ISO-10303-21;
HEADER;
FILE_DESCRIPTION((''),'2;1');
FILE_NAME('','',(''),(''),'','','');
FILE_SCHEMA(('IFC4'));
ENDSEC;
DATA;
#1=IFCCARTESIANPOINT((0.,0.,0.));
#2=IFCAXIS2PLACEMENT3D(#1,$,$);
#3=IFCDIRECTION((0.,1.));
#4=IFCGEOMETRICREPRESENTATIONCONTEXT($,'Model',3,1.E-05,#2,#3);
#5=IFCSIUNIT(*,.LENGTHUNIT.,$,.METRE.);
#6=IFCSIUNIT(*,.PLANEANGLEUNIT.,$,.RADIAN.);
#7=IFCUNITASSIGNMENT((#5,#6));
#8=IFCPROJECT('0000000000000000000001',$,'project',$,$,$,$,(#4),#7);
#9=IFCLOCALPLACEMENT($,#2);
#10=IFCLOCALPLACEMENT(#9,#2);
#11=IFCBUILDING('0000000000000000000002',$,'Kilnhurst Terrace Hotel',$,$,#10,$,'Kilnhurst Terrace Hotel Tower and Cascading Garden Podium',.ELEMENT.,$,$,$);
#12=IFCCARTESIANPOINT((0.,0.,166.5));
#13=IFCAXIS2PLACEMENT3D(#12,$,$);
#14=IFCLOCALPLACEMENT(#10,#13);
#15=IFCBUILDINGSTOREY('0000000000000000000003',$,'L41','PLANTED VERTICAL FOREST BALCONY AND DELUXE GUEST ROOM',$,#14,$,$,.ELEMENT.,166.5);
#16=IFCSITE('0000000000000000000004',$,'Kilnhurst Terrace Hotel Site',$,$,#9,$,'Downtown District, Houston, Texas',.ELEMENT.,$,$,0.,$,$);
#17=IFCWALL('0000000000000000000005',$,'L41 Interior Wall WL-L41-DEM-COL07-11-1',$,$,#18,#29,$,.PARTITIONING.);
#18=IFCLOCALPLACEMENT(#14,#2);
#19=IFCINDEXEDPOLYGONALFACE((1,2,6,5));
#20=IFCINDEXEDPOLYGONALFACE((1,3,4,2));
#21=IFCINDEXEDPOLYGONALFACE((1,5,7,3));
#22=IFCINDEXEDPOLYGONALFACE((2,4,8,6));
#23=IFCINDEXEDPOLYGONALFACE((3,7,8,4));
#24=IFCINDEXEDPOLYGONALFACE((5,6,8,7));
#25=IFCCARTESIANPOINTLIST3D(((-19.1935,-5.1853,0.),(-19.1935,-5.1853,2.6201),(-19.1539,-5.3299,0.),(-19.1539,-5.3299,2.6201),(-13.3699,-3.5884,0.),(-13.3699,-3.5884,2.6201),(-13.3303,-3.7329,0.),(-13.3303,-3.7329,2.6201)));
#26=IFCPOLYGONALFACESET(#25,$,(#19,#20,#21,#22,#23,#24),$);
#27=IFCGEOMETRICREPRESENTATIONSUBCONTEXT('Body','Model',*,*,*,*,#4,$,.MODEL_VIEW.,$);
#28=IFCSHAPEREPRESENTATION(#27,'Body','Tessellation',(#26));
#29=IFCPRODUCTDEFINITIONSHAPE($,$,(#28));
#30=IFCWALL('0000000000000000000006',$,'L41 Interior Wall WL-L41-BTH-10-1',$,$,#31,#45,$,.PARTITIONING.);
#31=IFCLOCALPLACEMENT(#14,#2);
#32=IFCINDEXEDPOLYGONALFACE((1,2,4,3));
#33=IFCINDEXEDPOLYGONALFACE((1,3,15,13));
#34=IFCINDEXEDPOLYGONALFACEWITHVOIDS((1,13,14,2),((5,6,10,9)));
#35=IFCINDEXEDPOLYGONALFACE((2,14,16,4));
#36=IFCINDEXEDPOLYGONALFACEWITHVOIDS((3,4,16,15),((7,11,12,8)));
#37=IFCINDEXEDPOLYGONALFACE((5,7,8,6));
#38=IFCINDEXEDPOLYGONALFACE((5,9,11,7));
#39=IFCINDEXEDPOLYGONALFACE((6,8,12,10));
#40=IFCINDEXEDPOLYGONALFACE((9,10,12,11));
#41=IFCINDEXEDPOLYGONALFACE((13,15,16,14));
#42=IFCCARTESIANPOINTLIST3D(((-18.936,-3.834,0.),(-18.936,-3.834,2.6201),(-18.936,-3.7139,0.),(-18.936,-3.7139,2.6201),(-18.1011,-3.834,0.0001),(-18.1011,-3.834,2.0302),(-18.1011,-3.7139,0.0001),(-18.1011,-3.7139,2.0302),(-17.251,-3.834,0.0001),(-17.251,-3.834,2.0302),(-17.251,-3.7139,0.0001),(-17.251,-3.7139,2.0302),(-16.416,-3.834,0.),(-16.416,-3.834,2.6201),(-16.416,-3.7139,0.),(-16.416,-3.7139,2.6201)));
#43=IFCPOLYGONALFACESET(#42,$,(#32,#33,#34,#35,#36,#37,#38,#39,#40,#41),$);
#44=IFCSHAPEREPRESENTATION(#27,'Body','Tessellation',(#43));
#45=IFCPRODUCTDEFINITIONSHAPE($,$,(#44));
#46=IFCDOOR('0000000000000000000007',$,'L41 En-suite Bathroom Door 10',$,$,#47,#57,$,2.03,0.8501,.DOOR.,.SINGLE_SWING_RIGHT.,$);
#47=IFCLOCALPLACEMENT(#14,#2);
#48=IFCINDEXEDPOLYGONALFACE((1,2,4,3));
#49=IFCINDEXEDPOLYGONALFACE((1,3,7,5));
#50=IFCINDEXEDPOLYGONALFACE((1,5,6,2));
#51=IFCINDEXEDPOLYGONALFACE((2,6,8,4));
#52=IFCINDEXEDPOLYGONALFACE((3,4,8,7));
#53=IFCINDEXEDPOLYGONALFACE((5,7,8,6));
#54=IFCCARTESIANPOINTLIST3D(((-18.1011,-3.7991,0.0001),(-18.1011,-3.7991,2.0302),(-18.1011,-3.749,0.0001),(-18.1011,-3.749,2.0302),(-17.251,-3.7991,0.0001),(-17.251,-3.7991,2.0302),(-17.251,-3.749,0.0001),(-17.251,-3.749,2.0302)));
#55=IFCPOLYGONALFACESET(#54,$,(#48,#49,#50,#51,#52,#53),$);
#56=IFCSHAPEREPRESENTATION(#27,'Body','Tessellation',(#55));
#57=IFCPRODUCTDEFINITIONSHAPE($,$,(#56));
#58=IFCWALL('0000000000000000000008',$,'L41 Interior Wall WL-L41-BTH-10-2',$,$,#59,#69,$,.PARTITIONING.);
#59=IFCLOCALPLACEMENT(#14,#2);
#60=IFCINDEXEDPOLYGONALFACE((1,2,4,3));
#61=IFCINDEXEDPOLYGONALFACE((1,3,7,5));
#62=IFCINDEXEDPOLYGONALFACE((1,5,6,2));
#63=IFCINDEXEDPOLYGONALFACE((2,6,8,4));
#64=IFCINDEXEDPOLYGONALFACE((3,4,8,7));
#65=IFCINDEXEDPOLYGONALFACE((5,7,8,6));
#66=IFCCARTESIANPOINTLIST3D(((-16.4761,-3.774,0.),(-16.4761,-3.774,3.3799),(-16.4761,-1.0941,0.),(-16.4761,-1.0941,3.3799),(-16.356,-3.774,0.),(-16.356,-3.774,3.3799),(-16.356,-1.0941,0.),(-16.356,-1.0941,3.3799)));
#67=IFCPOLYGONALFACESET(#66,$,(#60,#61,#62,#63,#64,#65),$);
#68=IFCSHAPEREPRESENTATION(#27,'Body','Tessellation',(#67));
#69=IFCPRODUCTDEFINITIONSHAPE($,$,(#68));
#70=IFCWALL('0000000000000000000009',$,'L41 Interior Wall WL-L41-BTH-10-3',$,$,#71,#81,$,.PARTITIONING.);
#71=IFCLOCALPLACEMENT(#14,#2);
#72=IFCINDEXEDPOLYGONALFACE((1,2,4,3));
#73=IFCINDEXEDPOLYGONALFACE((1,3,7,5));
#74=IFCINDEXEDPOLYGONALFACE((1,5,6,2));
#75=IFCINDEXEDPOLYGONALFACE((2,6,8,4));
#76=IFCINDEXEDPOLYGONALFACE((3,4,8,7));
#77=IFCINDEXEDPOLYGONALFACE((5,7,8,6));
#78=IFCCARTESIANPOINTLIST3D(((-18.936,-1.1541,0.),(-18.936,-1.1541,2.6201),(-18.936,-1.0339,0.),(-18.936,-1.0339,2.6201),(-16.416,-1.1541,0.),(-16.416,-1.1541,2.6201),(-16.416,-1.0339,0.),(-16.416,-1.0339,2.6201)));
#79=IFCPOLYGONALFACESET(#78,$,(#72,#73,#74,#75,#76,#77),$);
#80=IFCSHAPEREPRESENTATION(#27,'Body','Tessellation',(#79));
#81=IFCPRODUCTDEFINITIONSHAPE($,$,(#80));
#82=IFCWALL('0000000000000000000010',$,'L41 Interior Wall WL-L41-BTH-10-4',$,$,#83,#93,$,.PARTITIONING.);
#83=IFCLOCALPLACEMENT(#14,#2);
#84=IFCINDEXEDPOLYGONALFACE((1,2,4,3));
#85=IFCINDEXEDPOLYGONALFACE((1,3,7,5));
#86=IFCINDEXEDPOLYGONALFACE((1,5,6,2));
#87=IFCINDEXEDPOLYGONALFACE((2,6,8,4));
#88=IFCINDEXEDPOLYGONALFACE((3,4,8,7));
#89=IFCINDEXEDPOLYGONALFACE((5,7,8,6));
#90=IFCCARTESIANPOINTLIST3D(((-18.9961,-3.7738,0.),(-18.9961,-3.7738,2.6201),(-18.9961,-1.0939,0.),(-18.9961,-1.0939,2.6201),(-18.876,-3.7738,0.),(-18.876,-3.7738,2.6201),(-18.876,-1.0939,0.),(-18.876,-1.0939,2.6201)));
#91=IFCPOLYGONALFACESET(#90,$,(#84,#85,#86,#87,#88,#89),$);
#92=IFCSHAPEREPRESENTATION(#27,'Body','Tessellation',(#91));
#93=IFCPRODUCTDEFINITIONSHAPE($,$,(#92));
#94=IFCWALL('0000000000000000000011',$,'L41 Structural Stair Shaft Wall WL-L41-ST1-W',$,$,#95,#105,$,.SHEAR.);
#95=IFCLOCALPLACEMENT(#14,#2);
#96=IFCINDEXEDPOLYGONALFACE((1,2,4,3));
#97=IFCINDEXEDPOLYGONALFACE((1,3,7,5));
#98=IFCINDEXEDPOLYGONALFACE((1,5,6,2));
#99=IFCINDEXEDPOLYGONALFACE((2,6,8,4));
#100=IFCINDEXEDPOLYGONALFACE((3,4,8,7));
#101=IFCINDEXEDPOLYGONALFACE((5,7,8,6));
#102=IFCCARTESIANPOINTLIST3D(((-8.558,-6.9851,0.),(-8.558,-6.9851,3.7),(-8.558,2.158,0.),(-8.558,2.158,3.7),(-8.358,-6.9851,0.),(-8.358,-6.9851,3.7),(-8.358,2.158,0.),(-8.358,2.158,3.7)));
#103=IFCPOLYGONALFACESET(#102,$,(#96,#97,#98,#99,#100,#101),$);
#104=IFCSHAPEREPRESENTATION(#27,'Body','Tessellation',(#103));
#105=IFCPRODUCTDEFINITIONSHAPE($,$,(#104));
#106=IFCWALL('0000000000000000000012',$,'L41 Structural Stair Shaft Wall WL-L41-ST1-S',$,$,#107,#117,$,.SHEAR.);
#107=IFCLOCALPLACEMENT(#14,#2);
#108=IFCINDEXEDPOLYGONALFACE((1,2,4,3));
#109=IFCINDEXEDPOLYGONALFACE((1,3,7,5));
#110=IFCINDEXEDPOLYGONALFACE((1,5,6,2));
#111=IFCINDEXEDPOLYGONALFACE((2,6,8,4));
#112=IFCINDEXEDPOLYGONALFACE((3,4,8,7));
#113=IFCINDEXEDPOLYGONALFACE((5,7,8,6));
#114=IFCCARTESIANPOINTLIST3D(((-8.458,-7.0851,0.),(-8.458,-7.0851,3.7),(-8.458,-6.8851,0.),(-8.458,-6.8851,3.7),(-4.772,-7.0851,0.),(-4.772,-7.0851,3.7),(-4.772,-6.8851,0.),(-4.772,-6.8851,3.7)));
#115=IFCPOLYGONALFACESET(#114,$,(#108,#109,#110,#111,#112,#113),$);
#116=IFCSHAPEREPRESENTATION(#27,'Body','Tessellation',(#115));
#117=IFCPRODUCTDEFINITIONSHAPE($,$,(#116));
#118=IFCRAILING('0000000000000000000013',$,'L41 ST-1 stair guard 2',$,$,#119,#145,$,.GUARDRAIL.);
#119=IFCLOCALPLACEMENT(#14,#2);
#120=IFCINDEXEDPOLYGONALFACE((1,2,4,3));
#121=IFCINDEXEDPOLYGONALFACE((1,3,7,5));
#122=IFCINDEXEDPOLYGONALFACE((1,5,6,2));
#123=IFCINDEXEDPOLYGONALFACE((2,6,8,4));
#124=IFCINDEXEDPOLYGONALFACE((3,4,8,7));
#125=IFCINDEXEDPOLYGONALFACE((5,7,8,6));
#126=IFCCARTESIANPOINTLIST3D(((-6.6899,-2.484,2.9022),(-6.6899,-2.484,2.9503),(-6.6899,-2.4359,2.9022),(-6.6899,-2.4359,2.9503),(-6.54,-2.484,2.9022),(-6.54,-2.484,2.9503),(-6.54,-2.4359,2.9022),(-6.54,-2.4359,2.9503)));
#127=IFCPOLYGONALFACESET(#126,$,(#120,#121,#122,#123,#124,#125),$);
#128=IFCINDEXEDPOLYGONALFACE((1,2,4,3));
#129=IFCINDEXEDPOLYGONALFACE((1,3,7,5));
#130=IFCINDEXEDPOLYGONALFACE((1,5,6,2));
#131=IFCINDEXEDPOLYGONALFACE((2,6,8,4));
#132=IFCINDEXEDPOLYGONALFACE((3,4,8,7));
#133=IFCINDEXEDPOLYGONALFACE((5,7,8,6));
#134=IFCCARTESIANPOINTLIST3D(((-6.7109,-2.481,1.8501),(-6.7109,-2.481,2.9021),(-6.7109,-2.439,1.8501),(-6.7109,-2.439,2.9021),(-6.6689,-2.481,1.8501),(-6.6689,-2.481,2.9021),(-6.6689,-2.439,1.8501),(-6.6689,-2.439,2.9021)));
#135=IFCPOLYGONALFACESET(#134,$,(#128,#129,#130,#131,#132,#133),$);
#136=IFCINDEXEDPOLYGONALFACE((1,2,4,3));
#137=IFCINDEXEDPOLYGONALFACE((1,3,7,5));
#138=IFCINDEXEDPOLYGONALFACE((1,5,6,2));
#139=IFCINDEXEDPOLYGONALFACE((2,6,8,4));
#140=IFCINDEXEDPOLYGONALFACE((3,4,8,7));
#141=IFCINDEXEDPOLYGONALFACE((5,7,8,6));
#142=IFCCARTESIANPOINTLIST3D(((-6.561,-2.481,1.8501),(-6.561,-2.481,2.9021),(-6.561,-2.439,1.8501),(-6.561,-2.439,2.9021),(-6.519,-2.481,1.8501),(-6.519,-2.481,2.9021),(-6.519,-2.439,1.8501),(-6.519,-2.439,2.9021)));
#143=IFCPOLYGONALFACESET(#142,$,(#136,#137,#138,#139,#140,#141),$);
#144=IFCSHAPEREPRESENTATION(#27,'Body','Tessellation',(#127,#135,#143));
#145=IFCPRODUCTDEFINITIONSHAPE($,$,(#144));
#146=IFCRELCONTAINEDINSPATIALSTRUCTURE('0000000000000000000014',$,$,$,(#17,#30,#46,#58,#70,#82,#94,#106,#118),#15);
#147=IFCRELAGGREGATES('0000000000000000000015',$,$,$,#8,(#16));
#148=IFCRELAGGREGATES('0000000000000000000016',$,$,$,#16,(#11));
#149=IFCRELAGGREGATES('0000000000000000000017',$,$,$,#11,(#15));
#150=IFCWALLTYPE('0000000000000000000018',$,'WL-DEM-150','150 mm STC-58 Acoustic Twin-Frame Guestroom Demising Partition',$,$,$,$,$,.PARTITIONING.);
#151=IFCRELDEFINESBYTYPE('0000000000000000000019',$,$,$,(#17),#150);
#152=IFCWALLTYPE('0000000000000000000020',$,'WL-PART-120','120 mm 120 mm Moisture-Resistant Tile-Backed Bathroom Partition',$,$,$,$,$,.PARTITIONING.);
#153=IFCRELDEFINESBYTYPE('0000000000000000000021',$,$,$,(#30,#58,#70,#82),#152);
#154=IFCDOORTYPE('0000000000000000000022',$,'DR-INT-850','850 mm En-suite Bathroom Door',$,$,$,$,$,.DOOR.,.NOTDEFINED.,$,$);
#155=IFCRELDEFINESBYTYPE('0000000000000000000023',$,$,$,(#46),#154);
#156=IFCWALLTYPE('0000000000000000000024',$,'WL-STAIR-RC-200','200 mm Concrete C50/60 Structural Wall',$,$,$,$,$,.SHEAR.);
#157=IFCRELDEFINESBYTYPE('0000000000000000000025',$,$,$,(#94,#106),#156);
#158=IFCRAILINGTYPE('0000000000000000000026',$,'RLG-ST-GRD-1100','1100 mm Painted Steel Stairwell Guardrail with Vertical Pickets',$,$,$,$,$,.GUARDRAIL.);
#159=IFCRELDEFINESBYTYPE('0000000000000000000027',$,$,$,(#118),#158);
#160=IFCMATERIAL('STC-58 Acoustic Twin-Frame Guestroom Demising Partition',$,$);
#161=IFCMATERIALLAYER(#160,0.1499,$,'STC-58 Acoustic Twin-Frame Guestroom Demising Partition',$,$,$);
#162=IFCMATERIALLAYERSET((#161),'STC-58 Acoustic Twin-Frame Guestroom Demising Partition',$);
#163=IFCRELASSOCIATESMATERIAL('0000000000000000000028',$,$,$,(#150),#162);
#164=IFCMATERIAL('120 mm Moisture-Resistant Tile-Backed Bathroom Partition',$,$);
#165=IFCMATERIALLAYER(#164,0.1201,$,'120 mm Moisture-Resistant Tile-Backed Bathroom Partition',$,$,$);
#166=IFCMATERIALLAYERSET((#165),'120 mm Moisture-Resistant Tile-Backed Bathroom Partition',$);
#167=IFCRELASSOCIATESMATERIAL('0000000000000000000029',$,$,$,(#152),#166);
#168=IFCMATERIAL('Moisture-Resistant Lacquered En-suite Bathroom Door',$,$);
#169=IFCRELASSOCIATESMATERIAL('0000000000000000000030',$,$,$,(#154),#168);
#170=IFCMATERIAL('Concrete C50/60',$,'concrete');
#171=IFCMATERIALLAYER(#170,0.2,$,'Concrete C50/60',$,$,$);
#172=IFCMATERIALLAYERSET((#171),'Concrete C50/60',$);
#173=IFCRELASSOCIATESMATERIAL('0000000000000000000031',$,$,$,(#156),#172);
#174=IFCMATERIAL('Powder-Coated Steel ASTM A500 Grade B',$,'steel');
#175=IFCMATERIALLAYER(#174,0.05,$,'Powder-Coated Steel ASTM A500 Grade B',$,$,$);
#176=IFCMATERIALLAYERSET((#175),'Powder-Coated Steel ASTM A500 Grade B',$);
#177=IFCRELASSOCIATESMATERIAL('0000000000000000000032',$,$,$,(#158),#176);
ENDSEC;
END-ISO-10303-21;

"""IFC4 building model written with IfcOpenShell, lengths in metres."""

from ifc_helpers import new_model, si_unit, direction, frame, frame_2d, origin, origin_2d, place, context, subcontext, project, spatial, rectangle, extrude, material, layer, layer_set, type_object, element, fill, save


model = new_model("IFC4")

# Units and contexts
model_context = context("Model", 3, precision=1e-05, world=origin(), true_north=direction((0.0, 1.0)))
body_context = subcontext(model_context, "Body", "Model", "MODEL_VIEW")
ifc_project = project(units=[si_unit("LENGTHUNIT", "METRE"), si_unit("PLANEANGLEUNIT", "RADIAN")], contexts=[model_context])

# Site, building, storey
site_placement = place(None, origin())
site = spatial("IfcSite", under=ifc_project, at=site_placement, Name="Kilnhurst Terrace Hotel Site", LongName="Downtown District, Houston, Texas", CompositionType="ELEMENT", RefElevation=0.0)
building_placement = place(site_placement, origin())
building = spatial("IfcBuilding", under=site, at=building_placement, Name="Kilnhurst Terrace Hotel", LongName="Kilnhurst Terrace Hotel Tower and Cascading Garden Podium", CompositionType="ELEMENT")
storey_placement = place(building_placement, frame((0.0, 0.0, 166.5)))
storey = spatial("IfcBuildingStorey", under=building, at=storey_placement, Name="L41", Description="PLANTED VERTICAL FOREST BALCONY AND DELUXE GUEST ROOM", CompositionType="ELEMENT", Elevation=166.5)

# Shared definitions
ifc_material_1 = material(Name="Concrete C50/60", Category="concrete")

# Wall
ifc_material_2 = material(Name="STC-58 Acoustic Twin-Frame Guestroom Demising Partition")
ifc_layer_1 = layer(ifc_material_2, 0.1499, Name="STC-58 Acoustic Twin-Frame Guestroom Demising Partition")
ifc_layer_set_1 = layer_set([ifc_layer_1], Name="STC-58 Acoustic Twin-Frame Guestroom Demising Partition")
wall_type_1 = type_object("IfcWallType", Name="WL-DEM-150", Description="150 mm STC-58 Acoustic Twin-Frame Guestroom Demising Partition", PredefinedType="PARTITIONING", material=ifc_layer_set_1)
wall_1_placement = place(storey_placement, frame((-13.3501, -3.6606, 0.0), z_axis=(0.0, 0.0, 1.0), x_axis=(-0.964397, -0.264458, 0.0)))
element("IfcWall", 1, at=wall_1_placement, inside=storey, type_object=wall_type_1, Name="L41 Interior Wall WL-L41-DEM-COL07-11-1", PredefinedType="PARTITIONING", context=body_context, shape_type="SweptSolid", body=[
    extrude(rectangle(XDim=6.0386, YDim=0.1499, at=frame_2d((3.0193, 0.0))), origin(), (0.0, 0.0, 1.0), 2.6201),
])

# Wall, opening, door
ifc_material_3 = material(Name="120 mm Moisture-Resistant Tile-Backed Bathroom Partition")
ifc_layer_2 = layer(ifc_material_3, 0.1201, Name="120 mm Moisture-Resistant Tile-Backed Bathroom Partition")
ifc_layer_set_2 = layer_set([ifc_layer_2], Name="120 mm Moisture-Resistant Tile-Backed Bathroom Partition")
wall_type_2 = type_object("IfcWallType", Name="WL-PART-120", Description="120 mm 120 mm Moisture-Resistant Tile-Backed Bathroom Partition", PredefinedType="PARTITIONING", material=ifc_layer_set_2)
wall_2_placement = place(storey_placement, frame((-18.936, -3.7739, 0.0), z_axis=(0.0, 0.0, 1.0), x_axis=(1.0, 0.0, 0.0)))
wall_2 = element("IfcWall", 2, at=wall_2_placement, inside=storey, type_object=wall_type_2, Name="L41 Interior Wall WL-L41-BTH-10-1", PredefinedType="PARTITIONING", context=body_context, shape_type="SweptSolid", body=[
    extrude(rectangle(XDim=2.52, YDim=0.1201, at=frame_2d((1.26, 0.0))), origin(), (0.0, 0.0, 1.0), 2.6201),
])
opening_1_placement = place(wall_2_placement, frame((0.835, 0.0, 0.0)))
opening_1 = element("IfcOpeningElement", 3, at=opening_1_placement, cuts=wall_2, PredefinedType="OPENING", context=body_context, shape_type="SweptSolid", body=[
    extrude(rectangle(XDim=0.8501, YDim=2.03, at=frame_2d((0.425, 1.0151))), frame((0.0, 0.0701, 0.0), z_axis=(0.0, -1.0, 0.0), x_axis=(1.0, 0.0, 0.0)), (0.0, 0.0, 1.0), 0.1401),
])
ifc_material_4 = material(Name="Moisture-Resistant Lacquered En-suite Bathroom Door")
door_type_1 = type_object("IfcDoorType", Name="DR-INT-850", Description="850 mm En-suite Bathroom Door", OperationType="NOTDEFINED", PredefinedType="DOOR", material=ifc_material_4)
door_1_placement = place(opening_1_placement, origin())
door_1 = element("IfcDoor", 4, at=door_1_placement, inside=storey, type_object=door_type_1, Name="L41 En-suite Bathroom Door 10", OperationType="SINGLE_SWING_RIGHT", OverallHeight=2.03, OverallWidth=0.8501, PredefinedType="DOOR", context=body_context, shape_type="SweptSolid", body=[
    extrude(rectangle(XDim=0.8501, YDim=2.03, at=frame_2d((0.425, 1.0151))), frame((0.0, 0.0249, 0.0), z_axis=(0.0, -1.0, 0.0), x_axis=(1.0, 0.0, 0.0)), (0.0, 0.0, 1.0), 0.05),
])
fill(opening_1, door_1)

# Walls
wall_3_placement = place(storey_placement, frame((-16.416, -3.7739, 0.0), z_axis=(0.0, 0.0, 1.0), x_axis=(0.0, 1.0, 0.0)))
element("IfcWall", 5, at=wall_3_placement, inside=storey, type_object=wall_type_2, Name="L41 Interior Wall WL-L41-BTH-10-2", PredefinedType="PARTITIONING", context=body_context, shape_type="SweptSolid", body=[
    extrude(rectangle(XDim=2.6799, YDim=0.1201, at=frame_2d((1.3398, 0.0))), origin(), (0.0, 0.0, 1.0), 3.3799),
])
wall_4_placement = place(storey_placement, frame((-16.416, -1.094, 0.0), z_axis=(0.0, 0.0, 1.0), x_axis=(-1.0, 0.0, 0.0)))
element("IfcWall", 6, at=wall_4_placement, inside=storey, type_object=wall_type_2, Name="L41 Interior Wall WL-L41-BTH-10-3", PredefinedType="PARTITIONING", context=body_context, shape_type="SweptSolid", body=[
    extrude(rectangle(XDim=2.52, YDim=0.1201, at=frame_2d((1.26, 0.0))), origin(), (0.0, 0.0, 1.0), 2.6201),
])
wall_5_placement = place(storey_placement, frame((-18.936, -1.094, 0.0), z_axis=(0.0, 0.0, 1.0), x_axis=(0.0, -1.0, 0.0)))
element("IfcWall", 7, at=wall_5_placement, inside=storey, type_object=wall_type_2, Name="L41 Interior Wall WL-L41-BTH-10-4", PredefinedType="PARTITIONING", context=body_context, shape_type="SweptSolid", body=[
    extrude(rectangle(XDim=2.6799, YDim=0.1201, at=frame_2d((1.3398, 0.0))), origin(), (0.0, 0.0, 1.0), 2.6201),
])
ifc_layer_3 = layer(ifc_material_1, 0.2, Name="Concrete C50/60")
ifc_layer_set_3 = layer_set([ifc_layer_3], Name="Concrete C50/60")
wall_type_3 = type_object("IfcWallType", Name="WL-STAIR-RC-200", Description="200 mm Concrete C50/60 Structural Wall", PredefinedType="SHEAR", material=ifc_layer_set_3)
wall_6_placement = place(storey_placement, frame((-8.458, -6.9851, 0.0), z_axis=(0.0, 0.0, 1.0), x_axis=(0.0, 1.0, 0.0)))
element("IfcWall", 8, at=wall_6_placement, inside=storey, type_object=wall_type_3, Name="L41 Structural Stair Shaft Wall WL-L41-ST1-W", PredefinedType="SHEAR", context=body_context, shape_type="SweptSolid", body=[
    extrude(rectangle(XDim=9.1431, YDim=0.2, at=frame_2d((4.5715, 0.0))), origin(), (0.0, 0.0, 1.0), 3.7),
])
wall_7_placement = place(storey_placement, frame((-8.458, -6.9851, 0.0), z_axis=(0.0, 0.0, 1.0), x_axis=(1.0, 0.0, 0.0)))
element("IfcWall", 9, at=wall_7_placement, inside=storey, type_object=wall_type_3, Name="L41 Structural Stair Shaft Wall WL-L41-ST1-S", PredefinedType="SHEAR", context=body_context, shape_type="SweptSolid", body=[
    extrude(rectangle(XDim=3.686, YDim=0.2, at=frame_2d((1.843, 0.0))), origin(), (0.0, 0.0, 1.0), 3.7),
])

# Railing
ifc_material_5 = material(Name="Powder-Coated Steel ASTM A500 Grade B", Category="steel")
ifc_layer_4 = layer(ifc_material_5, 0.05, Name="Powder-Coated Steel ASTM A500 Grade B")
ifc_layer_set_4 = layer_set([ifc_layer_4], Name="Powder-Coated Steel ASTM A500 Grade B")
railing_type = type_object("IfcRailingType", Name="RLG-ST-GRD-1100", Description="1100 mm Painted Steel Stairwell Guardrail with Vertical Pickets", PredefinedType="GUARDRAIL", material=ifc_layer_set_4)
railing_placement = place(storey_placement, frame((-6.6899, -2.46, 1.8501)))
element("IfcRailing", 10, at=railing_placement, inside=storey, type_object=railing_type, Name="L41 ST-1 stair guard 2", PredefinedType="GUARDRAIL", context=body_context, shape_type="SweptSolid", body=[
    extrude(rectangle(XDim=0.0481, YDim=0.0481, at=origin_2d()), frame((0.0, 0.0, 1.0762), z_axis=(1.0, 0.0, 0.0), x_axis=(0.0, 1.0, 0.0)), (0.0, 0.0, 1.0), 0.1499),
    extrude(rectangle(XDim=0.042, YDim=0.042, at=origin_2d()), origin(), (0.0, 0.0, 1.0), 1.052),
    extrude(rectangle(XDim=0.042, YDim=0.042, at=origin_2d()), frame((0.1499, 0.0, 0.0)), (0.0, 0.0, 1.0), 1.052),
])

save(model, "model.ifc")
